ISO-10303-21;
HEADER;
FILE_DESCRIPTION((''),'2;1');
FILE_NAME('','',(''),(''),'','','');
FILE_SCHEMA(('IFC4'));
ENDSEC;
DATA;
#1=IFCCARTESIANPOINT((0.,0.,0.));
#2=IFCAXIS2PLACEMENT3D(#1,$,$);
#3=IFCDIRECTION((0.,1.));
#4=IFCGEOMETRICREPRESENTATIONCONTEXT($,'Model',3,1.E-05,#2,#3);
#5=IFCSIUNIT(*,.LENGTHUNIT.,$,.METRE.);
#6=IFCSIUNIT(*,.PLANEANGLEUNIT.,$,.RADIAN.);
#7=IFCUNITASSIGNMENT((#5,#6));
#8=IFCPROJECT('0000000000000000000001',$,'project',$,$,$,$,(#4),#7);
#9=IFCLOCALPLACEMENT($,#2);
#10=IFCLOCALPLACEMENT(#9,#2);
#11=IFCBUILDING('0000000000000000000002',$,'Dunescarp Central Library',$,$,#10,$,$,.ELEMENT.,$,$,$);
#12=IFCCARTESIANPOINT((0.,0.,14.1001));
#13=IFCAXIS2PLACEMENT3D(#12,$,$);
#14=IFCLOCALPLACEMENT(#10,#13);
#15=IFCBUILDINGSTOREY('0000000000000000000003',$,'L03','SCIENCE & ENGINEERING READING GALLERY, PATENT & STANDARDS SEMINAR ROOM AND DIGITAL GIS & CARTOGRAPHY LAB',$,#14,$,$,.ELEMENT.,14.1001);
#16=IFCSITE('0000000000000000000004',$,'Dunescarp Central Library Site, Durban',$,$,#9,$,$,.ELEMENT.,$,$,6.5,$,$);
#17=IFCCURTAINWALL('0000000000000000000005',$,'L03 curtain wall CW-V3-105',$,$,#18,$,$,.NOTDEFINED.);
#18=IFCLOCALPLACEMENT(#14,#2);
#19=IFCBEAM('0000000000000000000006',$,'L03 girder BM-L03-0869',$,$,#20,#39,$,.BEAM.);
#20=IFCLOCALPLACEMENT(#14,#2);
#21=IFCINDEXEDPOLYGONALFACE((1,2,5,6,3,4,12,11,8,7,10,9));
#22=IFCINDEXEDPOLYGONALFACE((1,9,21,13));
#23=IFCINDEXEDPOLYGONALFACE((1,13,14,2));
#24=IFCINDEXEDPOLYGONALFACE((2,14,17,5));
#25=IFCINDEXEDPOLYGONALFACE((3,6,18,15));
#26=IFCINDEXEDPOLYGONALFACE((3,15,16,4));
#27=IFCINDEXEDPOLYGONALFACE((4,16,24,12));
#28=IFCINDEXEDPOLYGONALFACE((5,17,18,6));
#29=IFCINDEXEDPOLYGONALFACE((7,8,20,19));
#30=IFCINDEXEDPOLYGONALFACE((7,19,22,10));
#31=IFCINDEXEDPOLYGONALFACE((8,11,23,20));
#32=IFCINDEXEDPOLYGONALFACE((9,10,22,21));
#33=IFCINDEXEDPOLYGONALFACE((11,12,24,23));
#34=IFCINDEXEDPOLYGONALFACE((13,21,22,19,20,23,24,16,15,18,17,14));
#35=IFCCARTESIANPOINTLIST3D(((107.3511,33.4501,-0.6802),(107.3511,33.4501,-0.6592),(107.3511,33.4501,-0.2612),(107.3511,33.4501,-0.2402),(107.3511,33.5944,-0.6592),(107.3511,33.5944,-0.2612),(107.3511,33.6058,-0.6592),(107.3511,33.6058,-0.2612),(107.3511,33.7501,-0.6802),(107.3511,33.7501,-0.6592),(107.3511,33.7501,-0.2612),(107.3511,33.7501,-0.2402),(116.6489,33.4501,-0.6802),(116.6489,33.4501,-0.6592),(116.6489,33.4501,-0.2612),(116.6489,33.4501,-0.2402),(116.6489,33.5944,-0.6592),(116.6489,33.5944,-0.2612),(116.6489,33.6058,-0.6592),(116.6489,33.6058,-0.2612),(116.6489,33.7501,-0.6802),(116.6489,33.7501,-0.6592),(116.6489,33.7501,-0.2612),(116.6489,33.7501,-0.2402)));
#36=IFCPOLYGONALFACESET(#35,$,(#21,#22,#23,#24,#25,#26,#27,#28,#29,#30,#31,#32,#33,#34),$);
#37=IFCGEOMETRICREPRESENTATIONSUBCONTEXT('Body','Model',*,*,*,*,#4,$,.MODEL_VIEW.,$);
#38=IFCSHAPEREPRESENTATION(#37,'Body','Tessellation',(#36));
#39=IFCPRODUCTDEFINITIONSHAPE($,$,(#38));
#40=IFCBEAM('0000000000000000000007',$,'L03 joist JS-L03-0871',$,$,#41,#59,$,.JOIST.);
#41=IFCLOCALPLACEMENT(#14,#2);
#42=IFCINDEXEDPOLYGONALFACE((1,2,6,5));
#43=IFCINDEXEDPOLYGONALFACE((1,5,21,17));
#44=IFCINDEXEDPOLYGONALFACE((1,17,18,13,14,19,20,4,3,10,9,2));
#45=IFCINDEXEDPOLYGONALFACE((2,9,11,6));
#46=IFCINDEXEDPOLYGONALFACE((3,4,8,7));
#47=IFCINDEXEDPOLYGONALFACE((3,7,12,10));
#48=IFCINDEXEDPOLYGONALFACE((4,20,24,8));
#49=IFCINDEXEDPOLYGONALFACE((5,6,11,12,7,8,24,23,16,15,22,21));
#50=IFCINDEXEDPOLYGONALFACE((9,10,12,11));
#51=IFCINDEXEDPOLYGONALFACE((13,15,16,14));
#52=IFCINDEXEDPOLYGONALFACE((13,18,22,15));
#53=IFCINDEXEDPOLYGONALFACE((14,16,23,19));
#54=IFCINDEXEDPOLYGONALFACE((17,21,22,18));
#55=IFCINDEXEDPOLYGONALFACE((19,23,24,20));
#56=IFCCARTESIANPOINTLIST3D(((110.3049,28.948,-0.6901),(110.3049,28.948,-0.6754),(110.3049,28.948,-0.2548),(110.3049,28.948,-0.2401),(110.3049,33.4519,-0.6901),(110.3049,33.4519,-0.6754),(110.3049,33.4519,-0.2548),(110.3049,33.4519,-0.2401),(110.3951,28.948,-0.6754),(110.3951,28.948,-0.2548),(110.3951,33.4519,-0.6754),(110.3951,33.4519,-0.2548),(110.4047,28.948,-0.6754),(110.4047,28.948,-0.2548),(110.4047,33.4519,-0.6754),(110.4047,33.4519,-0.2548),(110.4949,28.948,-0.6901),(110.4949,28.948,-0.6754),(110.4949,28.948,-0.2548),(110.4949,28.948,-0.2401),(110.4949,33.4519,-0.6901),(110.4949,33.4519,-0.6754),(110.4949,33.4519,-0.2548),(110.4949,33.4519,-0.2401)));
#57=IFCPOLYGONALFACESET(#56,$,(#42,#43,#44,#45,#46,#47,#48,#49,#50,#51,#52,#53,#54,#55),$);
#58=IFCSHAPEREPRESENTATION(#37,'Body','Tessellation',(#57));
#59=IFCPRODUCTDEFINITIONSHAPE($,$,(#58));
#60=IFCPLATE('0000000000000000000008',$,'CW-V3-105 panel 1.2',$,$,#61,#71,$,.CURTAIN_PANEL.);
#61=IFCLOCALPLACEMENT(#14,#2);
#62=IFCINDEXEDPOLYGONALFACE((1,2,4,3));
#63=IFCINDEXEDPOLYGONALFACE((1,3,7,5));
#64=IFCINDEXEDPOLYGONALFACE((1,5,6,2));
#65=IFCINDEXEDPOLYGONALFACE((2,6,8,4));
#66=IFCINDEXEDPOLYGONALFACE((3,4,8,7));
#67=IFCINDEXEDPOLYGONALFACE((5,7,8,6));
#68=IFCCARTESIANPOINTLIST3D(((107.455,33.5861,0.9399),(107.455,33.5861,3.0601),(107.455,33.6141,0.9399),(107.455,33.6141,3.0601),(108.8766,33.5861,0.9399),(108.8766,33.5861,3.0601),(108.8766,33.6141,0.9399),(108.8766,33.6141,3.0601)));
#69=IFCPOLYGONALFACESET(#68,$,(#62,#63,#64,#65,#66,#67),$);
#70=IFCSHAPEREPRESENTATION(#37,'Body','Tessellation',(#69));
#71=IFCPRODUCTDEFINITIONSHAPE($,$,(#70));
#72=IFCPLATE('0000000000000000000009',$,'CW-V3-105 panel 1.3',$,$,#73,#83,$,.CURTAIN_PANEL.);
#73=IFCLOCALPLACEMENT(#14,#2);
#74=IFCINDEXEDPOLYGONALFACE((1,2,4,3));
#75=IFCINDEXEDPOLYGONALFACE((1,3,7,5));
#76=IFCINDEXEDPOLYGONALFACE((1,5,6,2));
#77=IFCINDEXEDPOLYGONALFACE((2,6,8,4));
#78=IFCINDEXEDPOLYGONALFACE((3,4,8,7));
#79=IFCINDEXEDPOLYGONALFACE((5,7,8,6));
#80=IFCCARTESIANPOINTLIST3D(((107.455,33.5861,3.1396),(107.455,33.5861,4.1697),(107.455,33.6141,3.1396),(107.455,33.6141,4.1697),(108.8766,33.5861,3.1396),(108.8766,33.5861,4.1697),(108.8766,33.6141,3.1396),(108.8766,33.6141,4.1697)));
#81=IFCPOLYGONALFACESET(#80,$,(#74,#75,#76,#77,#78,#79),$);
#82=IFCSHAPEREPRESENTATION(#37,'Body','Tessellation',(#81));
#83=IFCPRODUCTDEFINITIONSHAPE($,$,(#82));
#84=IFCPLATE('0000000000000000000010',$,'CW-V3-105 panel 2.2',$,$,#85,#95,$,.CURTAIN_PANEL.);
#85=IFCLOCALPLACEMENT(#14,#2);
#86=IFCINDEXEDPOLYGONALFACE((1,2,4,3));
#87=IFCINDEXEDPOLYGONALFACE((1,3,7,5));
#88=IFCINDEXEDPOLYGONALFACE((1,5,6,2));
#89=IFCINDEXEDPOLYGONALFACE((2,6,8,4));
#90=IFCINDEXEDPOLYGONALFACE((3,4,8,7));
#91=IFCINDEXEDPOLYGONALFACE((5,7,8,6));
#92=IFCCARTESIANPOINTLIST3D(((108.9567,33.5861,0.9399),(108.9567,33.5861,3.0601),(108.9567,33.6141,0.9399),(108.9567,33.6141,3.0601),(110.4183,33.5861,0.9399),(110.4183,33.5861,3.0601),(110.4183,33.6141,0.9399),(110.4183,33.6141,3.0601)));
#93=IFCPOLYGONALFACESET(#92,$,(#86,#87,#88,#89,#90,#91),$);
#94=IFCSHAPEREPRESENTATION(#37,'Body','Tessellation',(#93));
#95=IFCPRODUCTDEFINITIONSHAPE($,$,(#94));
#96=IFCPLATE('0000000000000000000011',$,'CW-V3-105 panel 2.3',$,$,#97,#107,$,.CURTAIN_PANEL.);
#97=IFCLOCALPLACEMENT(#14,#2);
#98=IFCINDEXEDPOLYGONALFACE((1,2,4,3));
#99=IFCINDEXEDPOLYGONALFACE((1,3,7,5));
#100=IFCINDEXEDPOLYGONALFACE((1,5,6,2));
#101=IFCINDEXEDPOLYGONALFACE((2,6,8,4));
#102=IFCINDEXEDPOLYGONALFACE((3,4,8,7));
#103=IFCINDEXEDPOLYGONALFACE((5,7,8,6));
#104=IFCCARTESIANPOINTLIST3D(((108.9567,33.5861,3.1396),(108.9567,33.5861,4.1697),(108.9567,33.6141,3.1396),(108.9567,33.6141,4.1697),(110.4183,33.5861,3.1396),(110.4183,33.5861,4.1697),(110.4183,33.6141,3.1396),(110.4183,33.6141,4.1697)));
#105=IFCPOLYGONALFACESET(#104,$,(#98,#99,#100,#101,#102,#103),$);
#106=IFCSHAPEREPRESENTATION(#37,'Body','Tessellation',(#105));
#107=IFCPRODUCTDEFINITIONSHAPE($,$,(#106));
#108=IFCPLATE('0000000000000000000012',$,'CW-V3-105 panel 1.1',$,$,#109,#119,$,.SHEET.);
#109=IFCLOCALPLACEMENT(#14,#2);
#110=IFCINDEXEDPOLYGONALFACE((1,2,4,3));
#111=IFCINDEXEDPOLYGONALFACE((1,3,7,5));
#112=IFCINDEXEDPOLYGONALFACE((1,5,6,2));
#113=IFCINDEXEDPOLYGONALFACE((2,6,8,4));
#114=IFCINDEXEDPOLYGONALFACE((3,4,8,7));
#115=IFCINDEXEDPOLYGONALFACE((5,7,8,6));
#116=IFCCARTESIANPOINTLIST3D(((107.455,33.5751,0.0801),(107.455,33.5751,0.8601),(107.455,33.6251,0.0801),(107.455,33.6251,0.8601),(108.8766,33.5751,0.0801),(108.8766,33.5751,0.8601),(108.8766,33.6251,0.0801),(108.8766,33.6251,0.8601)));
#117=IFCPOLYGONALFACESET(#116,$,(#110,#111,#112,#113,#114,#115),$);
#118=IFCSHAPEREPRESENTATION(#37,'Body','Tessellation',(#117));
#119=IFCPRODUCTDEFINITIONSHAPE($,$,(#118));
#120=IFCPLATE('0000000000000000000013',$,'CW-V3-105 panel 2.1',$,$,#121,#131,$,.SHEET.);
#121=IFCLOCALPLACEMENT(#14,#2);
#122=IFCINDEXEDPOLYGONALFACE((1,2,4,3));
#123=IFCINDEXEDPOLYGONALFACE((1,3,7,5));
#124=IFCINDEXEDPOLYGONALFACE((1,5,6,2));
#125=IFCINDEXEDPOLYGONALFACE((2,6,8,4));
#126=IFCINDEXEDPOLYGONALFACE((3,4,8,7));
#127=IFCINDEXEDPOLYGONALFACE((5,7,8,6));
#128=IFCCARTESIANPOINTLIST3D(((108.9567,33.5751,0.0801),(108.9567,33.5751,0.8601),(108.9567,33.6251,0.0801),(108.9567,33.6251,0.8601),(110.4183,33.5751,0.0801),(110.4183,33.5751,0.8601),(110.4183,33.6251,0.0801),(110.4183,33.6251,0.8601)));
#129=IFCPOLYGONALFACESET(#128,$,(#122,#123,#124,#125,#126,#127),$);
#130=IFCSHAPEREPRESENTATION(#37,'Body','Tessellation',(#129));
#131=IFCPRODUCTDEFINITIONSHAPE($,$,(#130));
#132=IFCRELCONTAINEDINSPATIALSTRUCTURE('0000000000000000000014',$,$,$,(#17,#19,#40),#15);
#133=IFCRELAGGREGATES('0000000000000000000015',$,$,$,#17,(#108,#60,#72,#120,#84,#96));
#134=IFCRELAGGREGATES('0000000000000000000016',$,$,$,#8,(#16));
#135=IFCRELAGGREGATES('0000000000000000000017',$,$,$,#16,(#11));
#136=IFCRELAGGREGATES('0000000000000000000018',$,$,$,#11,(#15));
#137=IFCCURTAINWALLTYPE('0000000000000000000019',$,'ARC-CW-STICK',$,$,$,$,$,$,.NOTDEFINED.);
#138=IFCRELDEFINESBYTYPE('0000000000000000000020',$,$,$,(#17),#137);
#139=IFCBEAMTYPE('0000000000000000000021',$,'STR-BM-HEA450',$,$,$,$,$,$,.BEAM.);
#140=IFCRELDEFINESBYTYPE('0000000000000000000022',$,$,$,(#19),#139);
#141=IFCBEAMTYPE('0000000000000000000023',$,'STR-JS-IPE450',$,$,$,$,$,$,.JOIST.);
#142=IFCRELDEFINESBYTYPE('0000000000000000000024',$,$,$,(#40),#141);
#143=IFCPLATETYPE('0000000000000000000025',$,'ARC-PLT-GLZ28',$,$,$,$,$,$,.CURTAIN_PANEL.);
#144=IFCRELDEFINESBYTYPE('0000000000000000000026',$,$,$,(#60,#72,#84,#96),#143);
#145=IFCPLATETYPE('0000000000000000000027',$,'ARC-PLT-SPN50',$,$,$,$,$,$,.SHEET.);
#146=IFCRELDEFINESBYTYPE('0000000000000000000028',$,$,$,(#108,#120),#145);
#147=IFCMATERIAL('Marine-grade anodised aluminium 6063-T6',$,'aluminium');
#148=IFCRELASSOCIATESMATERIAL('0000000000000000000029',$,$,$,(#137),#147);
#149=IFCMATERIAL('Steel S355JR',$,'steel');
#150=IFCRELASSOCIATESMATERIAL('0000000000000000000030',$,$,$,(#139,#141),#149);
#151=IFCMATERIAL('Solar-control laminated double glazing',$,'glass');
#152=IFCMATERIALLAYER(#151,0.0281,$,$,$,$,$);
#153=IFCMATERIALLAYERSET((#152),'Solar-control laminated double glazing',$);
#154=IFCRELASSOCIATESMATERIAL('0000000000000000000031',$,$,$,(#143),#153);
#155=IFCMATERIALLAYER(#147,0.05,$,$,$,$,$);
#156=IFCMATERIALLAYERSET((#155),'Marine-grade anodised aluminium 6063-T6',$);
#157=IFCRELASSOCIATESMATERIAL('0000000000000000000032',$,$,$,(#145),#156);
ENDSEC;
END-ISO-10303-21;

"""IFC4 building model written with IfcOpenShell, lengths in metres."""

from ifc_helpers import new_model, si_unit, direction, frame, origin, origin_2d, place, context, subcontext, project, spatial, rectangle, i_section, extrude, material, layer, layer_set, material_profile, profile_set, type_object, element, aggregate, save


model = new_model("IFC4")

# Units and contexts
model_context = context("Model", 3, precision=1e-05, world=origin(), true_north=direction((0.0, 1.0)))
body_context = subcontext(model_context, "Body", "Model", "MODEL_VIEW")
ifc_project = project(units=[si_unit("LENGTHUNIT", "METRE"), si_unit("PLANEANGLEUNIT", "RADIAN")], contexts=[model_context])

# Site, building, storey
site_placement = place(None, origin())
site = spatial("IfcSite", under=ifc_project, at=site_placement, Name="Dunescarp Central Library Site, Durban", CompositionType="ELEMENT", RefElevation=6.5)
building_placement = place(site_placement, origin())
building = spatial("IfcBuilding", under=site, at=building_placement, Name="Dunescarp Central Library", CompositionType="ELEMENT")
storey_placement = place(building_placement, frame((0.0, 0.0, 14.1001)))
storey = spatial("IfcBuildingStorey", under=building, at=storey_placement, Name="L03", Description="SCIENCE & ENGINEERING READING GALLERY, PATENT & STANDARDS SEMINAR ROOM AND DIGITAL GIS & CARTOGRAPHY LAB", CompositionType="ELEMENT", Elevation=14.1001)

# Shared definitions
ifc_material_1 = material(Name="Steel S355JR", Category="steel")

# Curtain wall
ifc_material_2 = material(Name="Marine-grade anodised aluminium 6063-T6", Category="aluminium")
curtain_wall_type = type_object("IfcCurtainWallType", Name="ARC-CW-STICK", PredefinedType="NOTDEFINED", material=ifc_material_2)
curtain_wall_placement = place(storey_placement, origin())
curtain_wall = element("IfcCurtainWall", 1, at=curtain_wall_placement, inside=storey, type_object=curtain_wall_type, Name="L03 curtain wall CW-V3-105", PredefinedType="NOTDEFINED")

# Beams
ifc_material_profile_1 = material_profile(ifc_material_1, i_section(OverallWidth=0.3, OverallDepth=0.4399, WebThickness=0.0115, FlangeThickness=0.021, at=origin_2d()), Name="HEA 450")
ifc_profile_set_1 = profile_set([ifc_material_profile_1], Name="Steel S355JR")
beam_type_1 = type_object("IfcBeamType", Name="STR-BM-HEA450", PredefinedType="BEAM", material=ifc_profile_set_1)
beam_1_placement = place(storey_placement, frame((107.3511, 33.6001, -0.4602), z_axis=(1.0, 0.0, 0.0), x_axis=(0.0, 1.0, 0.0)))
element("IfcBeam", 2, at=beam_1_placement, inside=storey, type_object=beam_type_1, Name="L03 girder BM-L03-0869", PredefinedType="BEAM", context=body_context, shape_type="SweptSolid", body=[
    extrude(i_section(OverallWidth=0.3, OverallDepth=0.4399, WebThickness=0.0115, FlangeThickness=0.021, at=origin_2d()), origin(), (0.0, 0.0, 1.0), 9.2979),
])
ifc_material_profile_2 = material_profile(ifc_material_1, i_section(OverallWidth=0.1899, OverallDepth=0.45, WebThickness=0.0095, FlangeThickness=0.0146, at=origin_2d()), Name="IPE 450")
ifc_profile_set_2 = profile_set([ifc_material_profile_2], Name="Steel S355JR")
beam_type_2 = type_object("IfcBeamType", Name="STR-JS-IPE450", PredefinedType="JOIST", material=ifc_profile_set_2)
beam_2_placement = place(storey_placement, frame((110.3999, 28.948, -0.4651), z_axis=(0.0, 1.0, 0.0), x_axis=(-1.0, 0.0, 0.0)))
element("IfcBeam", 3, at=beam_2_placement, inside=storey, type_object=beam_type_2, Name="L03 joist JS-L03-0871", PredefinedType="JOIST", context=body_context, shape_type="SweptSolid", body=[
    extrude(i_section(OverallWidth=0.1899, OverallDepth=0.45, WebThickness=0.0095, FlangeThickness=0.0146, at=origin_2d()), origin(), (0.0, 0.0, 1.0), 4.5039),
])

# Plates
ifc_material_3 = material(Name="Solar-control laminated double glazing", Category="glass")
ifc_layer_1 = layer(ifc_material_3, 0.0281)
ifc_layer_set_1 = layer_set([ifc_layer_1], Name="Solar-control laminated double glazing")
plate_type_1 = type_object("IfcPlateType", Name="ARC-PLT-GLZ28", PredefinedType="CURTAIN_PANEL", material=ifc_layer_set_1)
plate_1_placement = place(storey_placement, frame((108.1658, 33.6001, 0.9399), z_axis=(0.0, 0.0, 1.0), x_axis=(1.0, 0.0, 0.0)))
plate_1 = element("IfcPlate", 4, at=plate_1_placement, type_object=plate_type_1, Name="CW-V3-105 panel 1.2", PredefinedType="CURTAIN_PANEL", context=body_context, shape_type="SweptSolid", body=[
    extrude(rectangle(XDim=1.4216, YDim=0.0281, at=origin_2d()), origin(), (0.0, 0.0, 1.0), 2.1201),
])
plate_2_placement = place(storey_placement, frame((108.1658, 33.6001, 3.1396), z_axis=(0.0, 0.0, 1.0), x_axis=(1.0, 0.0, 0.0)))
plate_2 = element("IfcPlate", 5, at=plate_2_placement, type_object=plate_type_1, Name="CW-V3-105 panel 1.3", PredefinedType="CURTAIN_PANEL", context=body_context, shape_type="SweptSolid", body=[
    extrude(rectangle(XDim=1.4216, YDim=0.0281, at=origin_2d()), origin(), (0.0, 0.0, 1.0), 1.03),
])
plate_3_placement = place(storey_placement, frame((109.6875, 33.6001, 0.9399), z_axis=(0.0, 0.0, 1.0), x_axis=(1.0, 0.0, 0.0)))
plate_3 = element("IfcPlate", 6, at=plate_3_placement, type_object=plate_type_1, Name="CW-V3-105 panel 2.2", PredefinedType="CURTAIN_PANEL", context=body_context, shape_type="SweptSolid", body=[
    extrude(rectangle(XDim=1.4617, YDim=0.0281, at=origin_2d()), origin(), (0.0, 0.0, 1.0), 2.1201),
])
plate_4_placement = place(storey_placement, frame((109.6875, 33.6001, 3.1396), z_axis=(0.0, 0.0, 1.0), x_axis=(1.0, 0.0, 0.0)))
plate_4 = element("IfcPlate", 7, at=plate_4_placement, type_object=plate_type_1, Name="CW-V3-105 panel 2.3", PredefinedType="CURTAIN_PANEL", context=body_context, shape_type="SweptSolid", body=[
    extrude(rectangle(XDim=1.4617, YDim=0.0281, at=origin_2d()), origin(), (0.0, 0.0, 1.0), 1.03),
])
ifc_layer_2 = layer(ifc_material_2, 0.05)
ifc_layer_set_2 = layer_set([ifc_layer_2], Name="Marine-grade anodised aluminium 6063-T6")
plate_type_2 = type_object("IfcPlateType", Name="ARC-PLT-SPN50", PredefinedType="SHEET", material=ifc_layer_set_2)
plate_5_placement = place(storey_placement, frame((108.1658, 33.6001, 0.0801), z_axis=(0.0, 0.0, 1.0), x_axis=(1.0, 0.0, 0.0)))
plate_5 = element("IfcPlate", 8, at=plate_5_placement, type_object=plate_type_2, Name="CW-V3-105 panel 1.1", PredefinedType="SHEET", context=body_context, shape_type="SweptSolid", body=[
    extrude(rectangle(XDim=1.4216, YDim=0.05, at=origin_2d()), origin(), (0.0, 0.0, 1.0), 0.78),
])
plate_6_placement = place(storey_placement, frame((109.6875, 33.6001, 0.0801), z_axis=(0.0, 0.0, 1.0), x_axis=(1.0, 0.0, 0.0)))
plate_6 = element("IfcPlate", 9, at=plate_6_placement, type_object=plate_type_2, Name="CW-V3-105 panel 2.1", PredefinedType="SHEET", context=body_context, shape_type="SweptSolid", body=[
    extrude(rectangle(XDim=1.4617, YDim=0.05, at=origin_2d()), origin(), (0.0, 0.0, 1.0), 0.78),
])
aggregate(curtain_wall, [plate_5, plate_1, plate_2, plate_6, plate_3, plate_4])

save(model, "model.ifc")
